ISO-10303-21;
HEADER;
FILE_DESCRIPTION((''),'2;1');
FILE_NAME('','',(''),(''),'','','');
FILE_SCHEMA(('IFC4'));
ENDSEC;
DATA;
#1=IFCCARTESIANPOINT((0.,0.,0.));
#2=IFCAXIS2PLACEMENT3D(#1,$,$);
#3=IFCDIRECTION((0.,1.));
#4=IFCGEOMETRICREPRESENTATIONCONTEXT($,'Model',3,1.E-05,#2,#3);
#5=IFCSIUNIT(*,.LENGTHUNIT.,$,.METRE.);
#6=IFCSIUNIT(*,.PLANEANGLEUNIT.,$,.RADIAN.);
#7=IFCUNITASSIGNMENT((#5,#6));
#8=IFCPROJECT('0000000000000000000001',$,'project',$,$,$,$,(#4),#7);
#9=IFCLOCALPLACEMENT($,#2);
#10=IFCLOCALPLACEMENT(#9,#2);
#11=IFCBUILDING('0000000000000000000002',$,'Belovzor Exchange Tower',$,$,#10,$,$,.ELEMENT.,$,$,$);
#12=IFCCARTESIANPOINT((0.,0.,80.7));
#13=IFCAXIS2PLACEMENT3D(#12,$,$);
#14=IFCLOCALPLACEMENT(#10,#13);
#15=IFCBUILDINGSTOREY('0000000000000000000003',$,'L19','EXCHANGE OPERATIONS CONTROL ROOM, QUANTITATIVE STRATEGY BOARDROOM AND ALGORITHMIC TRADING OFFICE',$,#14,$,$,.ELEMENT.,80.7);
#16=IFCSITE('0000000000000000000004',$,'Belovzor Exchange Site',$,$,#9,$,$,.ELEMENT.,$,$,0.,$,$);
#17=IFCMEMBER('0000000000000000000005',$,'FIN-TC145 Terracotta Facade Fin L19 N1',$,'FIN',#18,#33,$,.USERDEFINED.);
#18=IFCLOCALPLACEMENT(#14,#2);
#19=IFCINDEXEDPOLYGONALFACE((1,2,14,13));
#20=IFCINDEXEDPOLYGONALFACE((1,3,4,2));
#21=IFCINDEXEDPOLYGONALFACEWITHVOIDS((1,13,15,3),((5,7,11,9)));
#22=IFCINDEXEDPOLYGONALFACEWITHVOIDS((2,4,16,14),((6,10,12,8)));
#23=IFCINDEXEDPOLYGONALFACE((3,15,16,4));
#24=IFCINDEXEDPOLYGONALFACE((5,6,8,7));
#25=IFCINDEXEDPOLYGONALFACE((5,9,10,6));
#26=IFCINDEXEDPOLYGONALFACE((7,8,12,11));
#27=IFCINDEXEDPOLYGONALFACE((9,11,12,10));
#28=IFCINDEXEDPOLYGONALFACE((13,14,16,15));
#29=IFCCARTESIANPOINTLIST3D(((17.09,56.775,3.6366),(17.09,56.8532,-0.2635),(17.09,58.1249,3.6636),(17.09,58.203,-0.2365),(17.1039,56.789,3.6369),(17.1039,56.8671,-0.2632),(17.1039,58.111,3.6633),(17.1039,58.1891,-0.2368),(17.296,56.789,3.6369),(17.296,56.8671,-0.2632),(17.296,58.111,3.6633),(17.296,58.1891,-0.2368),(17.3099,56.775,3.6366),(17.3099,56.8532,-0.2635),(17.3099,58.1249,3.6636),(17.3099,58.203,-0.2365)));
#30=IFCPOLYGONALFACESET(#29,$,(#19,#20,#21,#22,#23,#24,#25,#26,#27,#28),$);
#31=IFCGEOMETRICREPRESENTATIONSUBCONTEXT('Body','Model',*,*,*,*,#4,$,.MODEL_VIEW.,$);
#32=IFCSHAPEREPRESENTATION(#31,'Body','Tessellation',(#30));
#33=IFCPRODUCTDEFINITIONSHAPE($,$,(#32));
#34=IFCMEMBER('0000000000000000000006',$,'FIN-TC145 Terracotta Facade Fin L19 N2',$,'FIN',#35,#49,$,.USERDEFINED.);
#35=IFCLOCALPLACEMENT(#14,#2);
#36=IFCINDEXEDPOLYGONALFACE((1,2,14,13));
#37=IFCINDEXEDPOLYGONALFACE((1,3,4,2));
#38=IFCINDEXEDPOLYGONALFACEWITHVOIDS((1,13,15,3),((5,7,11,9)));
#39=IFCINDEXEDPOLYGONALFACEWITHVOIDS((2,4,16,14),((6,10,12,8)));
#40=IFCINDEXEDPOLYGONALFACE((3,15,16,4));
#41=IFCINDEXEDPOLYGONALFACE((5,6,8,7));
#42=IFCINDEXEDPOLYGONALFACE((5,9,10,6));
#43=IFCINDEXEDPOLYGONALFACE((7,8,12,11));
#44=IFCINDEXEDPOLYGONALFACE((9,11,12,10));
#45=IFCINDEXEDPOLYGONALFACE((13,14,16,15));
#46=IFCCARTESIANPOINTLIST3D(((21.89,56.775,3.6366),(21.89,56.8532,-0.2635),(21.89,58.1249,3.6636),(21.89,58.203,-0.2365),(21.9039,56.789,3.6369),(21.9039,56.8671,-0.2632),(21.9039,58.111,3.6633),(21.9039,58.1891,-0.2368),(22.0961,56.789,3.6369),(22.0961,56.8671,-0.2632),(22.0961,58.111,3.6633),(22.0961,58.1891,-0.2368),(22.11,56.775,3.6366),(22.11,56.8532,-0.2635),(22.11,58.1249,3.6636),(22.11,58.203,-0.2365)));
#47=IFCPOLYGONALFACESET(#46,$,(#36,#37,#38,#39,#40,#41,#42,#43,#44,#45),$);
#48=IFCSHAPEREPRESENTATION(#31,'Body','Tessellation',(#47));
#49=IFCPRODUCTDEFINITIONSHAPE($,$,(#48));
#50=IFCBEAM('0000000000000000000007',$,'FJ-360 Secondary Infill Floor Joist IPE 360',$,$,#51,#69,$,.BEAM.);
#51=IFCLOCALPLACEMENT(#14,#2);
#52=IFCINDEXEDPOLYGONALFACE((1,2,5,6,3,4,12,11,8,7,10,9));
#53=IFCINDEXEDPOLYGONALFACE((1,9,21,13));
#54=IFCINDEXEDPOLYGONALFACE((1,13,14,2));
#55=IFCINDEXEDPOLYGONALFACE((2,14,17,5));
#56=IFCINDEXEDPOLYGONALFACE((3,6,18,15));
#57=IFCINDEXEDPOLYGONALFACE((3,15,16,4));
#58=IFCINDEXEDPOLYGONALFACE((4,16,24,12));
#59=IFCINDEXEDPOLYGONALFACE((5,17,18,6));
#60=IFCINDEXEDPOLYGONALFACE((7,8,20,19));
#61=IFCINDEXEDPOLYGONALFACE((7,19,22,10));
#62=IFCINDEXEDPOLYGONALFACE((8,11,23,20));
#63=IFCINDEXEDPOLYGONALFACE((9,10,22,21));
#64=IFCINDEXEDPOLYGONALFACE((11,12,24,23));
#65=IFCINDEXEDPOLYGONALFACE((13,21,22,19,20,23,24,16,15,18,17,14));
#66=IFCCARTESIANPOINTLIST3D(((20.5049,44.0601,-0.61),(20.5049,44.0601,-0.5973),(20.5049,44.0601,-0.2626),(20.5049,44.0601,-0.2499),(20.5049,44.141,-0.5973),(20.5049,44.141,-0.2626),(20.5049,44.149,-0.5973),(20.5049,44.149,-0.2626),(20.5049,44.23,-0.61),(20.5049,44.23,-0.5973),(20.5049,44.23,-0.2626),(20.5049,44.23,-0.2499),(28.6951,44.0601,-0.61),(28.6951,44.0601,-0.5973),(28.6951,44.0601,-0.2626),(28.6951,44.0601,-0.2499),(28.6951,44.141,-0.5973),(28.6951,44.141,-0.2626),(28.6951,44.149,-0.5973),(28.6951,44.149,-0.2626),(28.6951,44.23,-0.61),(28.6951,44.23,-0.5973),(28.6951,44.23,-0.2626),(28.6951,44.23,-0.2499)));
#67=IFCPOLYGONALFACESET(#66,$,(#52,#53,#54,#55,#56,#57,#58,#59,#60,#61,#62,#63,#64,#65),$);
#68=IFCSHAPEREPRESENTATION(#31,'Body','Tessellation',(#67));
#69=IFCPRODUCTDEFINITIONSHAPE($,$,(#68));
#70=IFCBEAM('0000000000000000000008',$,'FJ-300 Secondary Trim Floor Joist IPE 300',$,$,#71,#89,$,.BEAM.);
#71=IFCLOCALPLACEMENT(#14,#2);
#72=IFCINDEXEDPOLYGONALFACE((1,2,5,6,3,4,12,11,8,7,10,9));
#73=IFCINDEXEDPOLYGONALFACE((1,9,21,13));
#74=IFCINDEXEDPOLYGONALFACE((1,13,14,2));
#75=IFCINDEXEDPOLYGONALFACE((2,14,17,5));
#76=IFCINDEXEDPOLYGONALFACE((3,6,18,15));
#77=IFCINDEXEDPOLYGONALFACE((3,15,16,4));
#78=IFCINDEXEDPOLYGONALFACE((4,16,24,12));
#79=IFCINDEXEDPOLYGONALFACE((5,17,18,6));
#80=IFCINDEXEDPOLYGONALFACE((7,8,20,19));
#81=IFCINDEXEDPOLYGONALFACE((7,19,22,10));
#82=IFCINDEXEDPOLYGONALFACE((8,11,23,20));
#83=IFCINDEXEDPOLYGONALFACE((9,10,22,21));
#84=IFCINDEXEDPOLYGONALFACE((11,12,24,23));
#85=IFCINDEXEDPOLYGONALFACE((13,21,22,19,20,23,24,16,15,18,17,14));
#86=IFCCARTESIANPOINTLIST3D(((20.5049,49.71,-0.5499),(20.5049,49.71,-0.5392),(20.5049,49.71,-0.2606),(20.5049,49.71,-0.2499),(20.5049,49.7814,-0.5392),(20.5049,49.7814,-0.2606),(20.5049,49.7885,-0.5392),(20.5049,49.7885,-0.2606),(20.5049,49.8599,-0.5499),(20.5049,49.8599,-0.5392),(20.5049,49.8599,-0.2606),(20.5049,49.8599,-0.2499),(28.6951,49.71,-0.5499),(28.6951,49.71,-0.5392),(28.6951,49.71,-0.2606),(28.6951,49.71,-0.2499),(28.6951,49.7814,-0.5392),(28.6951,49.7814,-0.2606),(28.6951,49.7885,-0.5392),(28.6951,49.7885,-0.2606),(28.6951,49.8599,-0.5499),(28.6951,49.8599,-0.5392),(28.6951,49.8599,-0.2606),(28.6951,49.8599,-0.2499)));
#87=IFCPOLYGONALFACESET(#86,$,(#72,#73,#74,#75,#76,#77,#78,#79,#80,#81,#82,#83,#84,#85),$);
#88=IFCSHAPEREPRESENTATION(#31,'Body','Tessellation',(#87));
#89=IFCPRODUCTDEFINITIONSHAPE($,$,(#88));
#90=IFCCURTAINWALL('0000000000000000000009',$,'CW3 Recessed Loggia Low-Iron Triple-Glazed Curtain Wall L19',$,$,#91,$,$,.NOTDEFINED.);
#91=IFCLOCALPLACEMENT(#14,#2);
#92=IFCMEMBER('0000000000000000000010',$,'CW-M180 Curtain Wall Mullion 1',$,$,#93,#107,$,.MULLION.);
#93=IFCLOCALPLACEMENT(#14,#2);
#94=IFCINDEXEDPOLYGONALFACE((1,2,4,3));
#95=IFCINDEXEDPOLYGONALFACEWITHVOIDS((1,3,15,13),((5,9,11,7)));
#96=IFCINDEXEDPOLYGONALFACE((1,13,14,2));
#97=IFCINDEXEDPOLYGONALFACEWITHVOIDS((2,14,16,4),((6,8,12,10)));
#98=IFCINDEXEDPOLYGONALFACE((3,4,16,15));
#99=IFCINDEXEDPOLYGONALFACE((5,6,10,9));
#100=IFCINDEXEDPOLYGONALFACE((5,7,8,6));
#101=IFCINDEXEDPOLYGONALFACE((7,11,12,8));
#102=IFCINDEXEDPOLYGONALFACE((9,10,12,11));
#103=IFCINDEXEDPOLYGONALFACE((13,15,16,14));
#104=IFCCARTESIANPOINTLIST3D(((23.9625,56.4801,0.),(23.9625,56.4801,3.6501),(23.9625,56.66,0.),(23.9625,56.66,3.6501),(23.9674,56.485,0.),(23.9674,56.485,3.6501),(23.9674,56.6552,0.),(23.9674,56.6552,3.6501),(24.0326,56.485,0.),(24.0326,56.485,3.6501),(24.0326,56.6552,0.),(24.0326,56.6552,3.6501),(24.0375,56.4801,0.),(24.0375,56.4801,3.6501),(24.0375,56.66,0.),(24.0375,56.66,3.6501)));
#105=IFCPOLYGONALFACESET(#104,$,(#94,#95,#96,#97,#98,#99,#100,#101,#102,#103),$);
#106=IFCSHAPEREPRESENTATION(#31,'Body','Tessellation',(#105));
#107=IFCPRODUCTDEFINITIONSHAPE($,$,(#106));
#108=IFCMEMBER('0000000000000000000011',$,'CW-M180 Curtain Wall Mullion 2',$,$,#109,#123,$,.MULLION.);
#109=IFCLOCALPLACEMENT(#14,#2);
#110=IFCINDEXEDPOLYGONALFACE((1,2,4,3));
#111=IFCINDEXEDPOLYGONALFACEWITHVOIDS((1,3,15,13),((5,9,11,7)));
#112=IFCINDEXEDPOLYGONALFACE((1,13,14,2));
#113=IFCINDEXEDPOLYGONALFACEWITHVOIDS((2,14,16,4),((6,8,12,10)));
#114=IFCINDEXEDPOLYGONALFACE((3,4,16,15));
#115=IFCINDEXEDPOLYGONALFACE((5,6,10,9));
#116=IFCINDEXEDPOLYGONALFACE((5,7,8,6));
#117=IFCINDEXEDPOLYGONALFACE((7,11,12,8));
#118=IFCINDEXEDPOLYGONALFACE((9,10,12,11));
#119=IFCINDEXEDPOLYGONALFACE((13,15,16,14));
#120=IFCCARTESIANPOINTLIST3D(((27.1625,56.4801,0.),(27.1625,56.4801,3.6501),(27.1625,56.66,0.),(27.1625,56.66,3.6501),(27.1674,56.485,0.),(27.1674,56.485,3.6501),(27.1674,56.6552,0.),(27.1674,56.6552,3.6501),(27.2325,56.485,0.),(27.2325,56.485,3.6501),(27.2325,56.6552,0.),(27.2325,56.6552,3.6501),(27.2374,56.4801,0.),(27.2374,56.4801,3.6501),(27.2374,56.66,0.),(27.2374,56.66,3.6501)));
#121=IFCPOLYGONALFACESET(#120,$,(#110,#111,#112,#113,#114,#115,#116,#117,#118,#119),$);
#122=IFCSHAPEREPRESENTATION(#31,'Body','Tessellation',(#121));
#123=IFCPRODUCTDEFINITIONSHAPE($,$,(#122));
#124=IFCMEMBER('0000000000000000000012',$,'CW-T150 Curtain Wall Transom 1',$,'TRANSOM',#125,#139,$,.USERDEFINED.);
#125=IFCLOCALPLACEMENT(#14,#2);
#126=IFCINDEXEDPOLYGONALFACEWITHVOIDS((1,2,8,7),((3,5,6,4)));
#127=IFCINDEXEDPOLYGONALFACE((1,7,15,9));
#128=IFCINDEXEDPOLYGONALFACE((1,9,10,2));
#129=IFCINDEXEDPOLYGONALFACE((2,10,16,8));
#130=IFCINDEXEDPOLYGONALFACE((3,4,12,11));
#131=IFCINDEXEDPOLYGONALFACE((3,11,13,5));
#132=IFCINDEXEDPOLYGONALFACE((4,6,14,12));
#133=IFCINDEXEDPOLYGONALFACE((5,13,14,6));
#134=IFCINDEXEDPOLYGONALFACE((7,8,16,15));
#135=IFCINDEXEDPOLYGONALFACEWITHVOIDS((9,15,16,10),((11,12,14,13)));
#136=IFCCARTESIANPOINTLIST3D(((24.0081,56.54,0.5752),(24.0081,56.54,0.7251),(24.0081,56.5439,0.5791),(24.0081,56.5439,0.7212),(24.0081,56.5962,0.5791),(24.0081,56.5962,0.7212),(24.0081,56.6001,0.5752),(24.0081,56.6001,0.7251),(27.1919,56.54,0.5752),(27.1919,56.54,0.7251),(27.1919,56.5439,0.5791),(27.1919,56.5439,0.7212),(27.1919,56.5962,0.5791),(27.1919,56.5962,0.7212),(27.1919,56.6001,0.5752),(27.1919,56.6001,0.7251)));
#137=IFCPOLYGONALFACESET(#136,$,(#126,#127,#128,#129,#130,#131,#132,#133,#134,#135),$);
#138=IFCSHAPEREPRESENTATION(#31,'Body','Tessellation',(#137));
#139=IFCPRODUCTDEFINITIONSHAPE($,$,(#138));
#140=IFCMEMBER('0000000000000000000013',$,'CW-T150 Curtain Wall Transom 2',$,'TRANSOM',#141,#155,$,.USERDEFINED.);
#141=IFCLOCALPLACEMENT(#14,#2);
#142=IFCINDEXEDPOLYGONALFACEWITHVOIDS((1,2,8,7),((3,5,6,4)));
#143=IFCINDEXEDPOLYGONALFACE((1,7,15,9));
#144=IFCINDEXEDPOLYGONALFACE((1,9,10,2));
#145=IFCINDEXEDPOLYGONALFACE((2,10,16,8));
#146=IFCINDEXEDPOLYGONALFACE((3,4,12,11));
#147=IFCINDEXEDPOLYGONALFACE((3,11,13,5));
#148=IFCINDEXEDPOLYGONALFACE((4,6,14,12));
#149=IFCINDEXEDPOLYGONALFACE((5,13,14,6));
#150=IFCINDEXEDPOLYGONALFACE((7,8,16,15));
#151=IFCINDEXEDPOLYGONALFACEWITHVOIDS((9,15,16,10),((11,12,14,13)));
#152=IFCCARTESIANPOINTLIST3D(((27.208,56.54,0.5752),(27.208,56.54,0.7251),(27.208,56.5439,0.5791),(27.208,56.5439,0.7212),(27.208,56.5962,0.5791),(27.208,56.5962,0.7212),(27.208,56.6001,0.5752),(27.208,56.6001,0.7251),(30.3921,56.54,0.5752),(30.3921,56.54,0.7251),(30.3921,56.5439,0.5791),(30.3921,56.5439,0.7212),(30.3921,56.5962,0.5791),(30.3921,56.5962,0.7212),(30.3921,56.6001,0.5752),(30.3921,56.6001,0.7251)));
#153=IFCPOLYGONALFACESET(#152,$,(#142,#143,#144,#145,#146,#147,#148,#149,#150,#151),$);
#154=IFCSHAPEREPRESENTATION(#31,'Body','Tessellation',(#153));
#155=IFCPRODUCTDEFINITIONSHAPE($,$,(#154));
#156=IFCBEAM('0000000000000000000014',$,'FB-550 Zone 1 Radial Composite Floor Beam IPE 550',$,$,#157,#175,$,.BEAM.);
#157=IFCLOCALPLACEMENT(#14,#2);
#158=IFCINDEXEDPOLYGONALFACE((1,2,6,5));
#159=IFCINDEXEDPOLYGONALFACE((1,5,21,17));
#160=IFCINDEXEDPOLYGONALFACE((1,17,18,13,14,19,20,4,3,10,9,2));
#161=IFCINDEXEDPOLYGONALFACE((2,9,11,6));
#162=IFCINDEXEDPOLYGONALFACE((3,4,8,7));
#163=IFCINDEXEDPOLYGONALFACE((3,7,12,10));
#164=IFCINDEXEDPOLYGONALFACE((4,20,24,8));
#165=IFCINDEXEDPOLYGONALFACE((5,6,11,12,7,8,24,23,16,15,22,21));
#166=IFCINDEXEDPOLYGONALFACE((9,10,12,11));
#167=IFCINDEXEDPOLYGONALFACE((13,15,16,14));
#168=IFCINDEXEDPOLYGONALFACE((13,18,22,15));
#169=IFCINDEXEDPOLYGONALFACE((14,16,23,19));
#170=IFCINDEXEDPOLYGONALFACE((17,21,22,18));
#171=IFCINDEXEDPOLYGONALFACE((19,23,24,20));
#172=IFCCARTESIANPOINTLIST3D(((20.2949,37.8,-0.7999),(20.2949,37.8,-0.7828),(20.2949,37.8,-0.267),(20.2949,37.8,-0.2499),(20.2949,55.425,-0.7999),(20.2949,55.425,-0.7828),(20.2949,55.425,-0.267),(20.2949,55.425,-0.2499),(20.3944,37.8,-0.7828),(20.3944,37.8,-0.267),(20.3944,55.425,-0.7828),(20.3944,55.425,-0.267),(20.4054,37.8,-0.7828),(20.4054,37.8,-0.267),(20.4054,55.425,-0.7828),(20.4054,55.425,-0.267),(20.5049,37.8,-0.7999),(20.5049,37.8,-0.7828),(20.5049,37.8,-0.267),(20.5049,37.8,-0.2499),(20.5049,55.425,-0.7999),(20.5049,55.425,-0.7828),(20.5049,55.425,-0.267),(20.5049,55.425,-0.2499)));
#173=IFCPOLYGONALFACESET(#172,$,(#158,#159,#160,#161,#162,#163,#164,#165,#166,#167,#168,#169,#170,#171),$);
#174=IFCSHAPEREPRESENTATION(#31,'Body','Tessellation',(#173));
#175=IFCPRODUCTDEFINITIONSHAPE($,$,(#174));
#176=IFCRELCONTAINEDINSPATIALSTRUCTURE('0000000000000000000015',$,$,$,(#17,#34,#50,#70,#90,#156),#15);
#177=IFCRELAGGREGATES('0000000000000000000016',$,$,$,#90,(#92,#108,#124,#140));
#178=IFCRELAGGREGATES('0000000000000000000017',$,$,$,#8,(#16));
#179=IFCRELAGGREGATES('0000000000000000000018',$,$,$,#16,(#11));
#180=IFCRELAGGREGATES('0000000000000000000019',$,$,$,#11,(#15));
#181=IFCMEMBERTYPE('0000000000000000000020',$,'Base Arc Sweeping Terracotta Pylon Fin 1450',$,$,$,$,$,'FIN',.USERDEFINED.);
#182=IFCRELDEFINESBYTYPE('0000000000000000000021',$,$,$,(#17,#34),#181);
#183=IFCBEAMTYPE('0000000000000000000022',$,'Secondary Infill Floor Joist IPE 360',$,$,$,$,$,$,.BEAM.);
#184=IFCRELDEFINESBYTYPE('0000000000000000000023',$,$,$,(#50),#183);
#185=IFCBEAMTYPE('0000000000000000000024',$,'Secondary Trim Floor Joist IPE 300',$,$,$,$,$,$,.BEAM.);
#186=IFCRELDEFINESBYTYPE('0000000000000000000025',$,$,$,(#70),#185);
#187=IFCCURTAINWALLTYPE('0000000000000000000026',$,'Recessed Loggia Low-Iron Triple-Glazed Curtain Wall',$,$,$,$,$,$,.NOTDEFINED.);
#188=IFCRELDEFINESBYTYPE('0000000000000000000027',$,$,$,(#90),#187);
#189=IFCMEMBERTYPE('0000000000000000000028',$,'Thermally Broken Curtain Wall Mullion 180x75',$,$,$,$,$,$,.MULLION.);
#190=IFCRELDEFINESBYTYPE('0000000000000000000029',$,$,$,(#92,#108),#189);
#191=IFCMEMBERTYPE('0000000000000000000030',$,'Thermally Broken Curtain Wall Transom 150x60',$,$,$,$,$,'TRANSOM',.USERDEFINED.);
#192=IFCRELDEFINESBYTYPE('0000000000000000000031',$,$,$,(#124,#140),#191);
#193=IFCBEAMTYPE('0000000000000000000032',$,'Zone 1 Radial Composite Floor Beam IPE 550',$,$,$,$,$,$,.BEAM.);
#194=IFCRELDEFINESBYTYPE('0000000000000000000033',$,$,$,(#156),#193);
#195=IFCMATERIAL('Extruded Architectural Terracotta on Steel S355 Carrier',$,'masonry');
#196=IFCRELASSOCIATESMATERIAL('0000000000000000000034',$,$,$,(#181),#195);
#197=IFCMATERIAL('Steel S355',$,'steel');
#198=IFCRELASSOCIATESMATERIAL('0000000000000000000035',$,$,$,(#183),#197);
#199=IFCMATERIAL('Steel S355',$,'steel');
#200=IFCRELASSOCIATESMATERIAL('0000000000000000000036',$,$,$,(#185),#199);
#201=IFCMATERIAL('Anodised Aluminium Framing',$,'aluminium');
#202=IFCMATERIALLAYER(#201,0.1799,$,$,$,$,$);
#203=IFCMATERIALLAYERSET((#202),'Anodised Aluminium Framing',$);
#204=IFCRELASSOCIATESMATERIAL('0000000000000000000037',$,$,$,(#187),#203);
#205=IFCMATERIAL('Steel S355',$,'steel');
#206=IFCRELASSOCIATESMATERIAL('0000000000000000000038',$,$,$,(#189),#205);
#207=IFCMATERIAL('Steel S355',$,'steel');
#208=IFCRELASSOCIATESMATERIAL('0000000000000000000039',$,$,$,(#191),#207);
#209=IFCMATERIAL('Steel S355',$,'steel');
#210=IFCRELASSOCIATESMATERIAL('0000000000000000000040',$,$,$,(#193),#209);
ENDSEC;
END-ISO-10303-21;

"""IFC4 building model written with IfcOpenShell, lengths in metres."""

from ifc_helpers import new_model, si_unit, direction, frame, origin, origin_2d, place, context, subcontext, project, spatial, hollow_rectangle, i_section, extrude, material, layer, layer_set, material_profile, profile_set, type_object, element, aggregate, save


model = new_model("IFC4")

# Units and contexts
model_context = context("Model", 3, precision=1e-05, world=origin(), true_north=direction((0.0, 1.0)))
body_context = subcontext(model_context, "Body", "Model", "MODEL_VIEW")
ifc_project = project(units=[si_unit("LENGTHUNIT", "METRE"), si_unit("PLANEANGLEUNIT", "RADIAN")], contexts=[model_context])

# Site, building, storey
site_placement = place(None, origin())
site = spatial("IfcSite", under=ifc_project, at=site_placement, Name="Belovzor Exchange Site", CompositionType="ELEMENT", RefElevation=0.0)
building_placement = place(site_placement, origin())
building = spatial("IfcBuilding", under=site, at=building_placement, Name="Belovzor Exchange Tower", CompositionType="ELEMENT")
storey_placement = place(building_placement, frame((0.0, 0.0, 80.7)))
storey = spatial("IfcBuildingStorey", under=building, at=storey_placement, Name="L19", Description="EXCHANGE OPERATIONS CONTROL ROOM, QUANTITATIVE STRATEGY BOARDROOM AND ALGORITHMIC TRADING OFFICE", CompositionType="ELEMENT", Elevation=80.7)

# Members
ifc_material_1 = material(Name="Extruded Architectural Terracotta on Steel S355 Carrier", Category="masonry")
ifc_material_profile_1 = material_profile(ifc_material_1, hollow_rectangle(XDim=0.22, YDim=1.3501, WallThickness=0.0139, at=origin_2d()))
ifc_profile_set_1 = profile_set([ifc_material_profile_1], Name="Extruded Architectural Terracotta on Steel S355 Carrier")
member_type_1 = type_object("IfcMemberType", Name="Base Arc Sweeping Terracotta Pylon Fin 1450", ElementType="FIN", PredefinedType="USERDEFINED", material=ifc_profile_set_1)
for number, where, z_axis, x_axis, name in (
    (1, (17.2, 57.5281, -0.25), (0.0, -0.020027, 0.999799), (1.0, 0.0, 0.0), "FIN-TC145 Terracotta Facade Fin L19 N1"),
    (2, (22.0, 57.5281, -0.25), (0.0, -0.020027, 0.999799), (1.0, 0.0, 0.0), "FIN-TC145 Terracotta Facade Fin L19 N2"),
):
    element("IfcMember", number, at=place(storey_placement, frame(where, z_axis=z_axis, x_axis=x_axis)), inside=storey, type_object=member_type_1, Name=name, ObjectType="FIN", PredefinedType="USERDEFINED", context=body_context, shape_type="SweptSolid", body=[
        extrude(hollow_rectangle(XDim=0.22, YDim=1.3501, WallThickness=0.0139, at=origin_2d()), origin(), (0.0, 0.0, 1.0), 3.9009),
    ])

# Beams
ifc_material_2 = material(Name="Steel S355", Category="steel")
ifc_material_profile_2 = material_profile(ifc_material_2, i_section(OverallWidth=0.1699, OverallDepth=0.3601, WebThickness=0.0081, FlangeThickness=0.0127, at=origin_2d()))
ifc_profile_set_2 = profile_set([ifc_material_profile_2], Name="Steel S355")
beam_type_1 = type_object("IfcBeamType", Name="Secondary Infill Floor Joist IPE 360", PredefinedType="BEAM", material=ifc_profile_set_2)
beam_1_placement = place(storey_placement, frame((20.5049, 44.145, -0.4299), z_axis=(1.0, 0.0, 0.0), x_axis=(0.0, 1.0, 0.0)))
element("IfcBeam", 3, at=beam_1_placement, inside=storey, type_object=beam_type_1, Name="FJ-360 Secondary Infill Floor Joist IPE 360", PredefinedType="BEAM", context=body_context, shape_type="SweptSolid", body=[
    extrude(i_section(OverallWidth=0.1699, OverallDepth=0.3601, WebThickness=0.0081, FlangeThickness=0.0127, at=origin_2d()), origin(), (0.0, 0.0, 1.0), 8.1902),
])
ifc_material_3 = material(Name="Steel S355", Category="steel")
ifc_material_profile_3 = material_profile(ifc_material_3, i_section(OverallWidth=0.1499, OverallDepth=0.3, WebThickness=0.0071, FlangeThickness=0.0107, at=origin_2d()))
ifc_profile_set_3 = profile_set([ifc_material_profile_3], Name="Steel S355")
beam_type_2 = type_object("IfcBeamType", Name="Secondary Trim Floor Joist IPE 300", PredefinedType="BEAM", material=ifc_profile_set_3)
beam_2_placement = place(storey_placement, frame((20.5049, 49.7849, -0.3999), z_axis=(1.0, 0.0, 0.0), x_axis=(0.0, 1.0, 0.0)))
element("IfcBeam", 4, at=beam_2_placement, inside=storey, type_object=beam_type_2, Name="FJ-300 Secondary Trim Floor Joist IPE 300", PredefinedType="BEAM", context=body_context, shape_type="SweptSolid", body=[
    extrude(i_section(OverallWidth=0.1499, OverallDepth=0.3, WebThickness=0.0071, FlangeThickness=0.0107, at=origin_2d()), origin(), (0.0, 0.0, 1.0), 8.1902),
])

# Curtain wall, members
ifc_material_4 = material(Name="Anodised Aluminium Framing", Category="aluminium")
ifc_layer_1 = layer(ifc_material_4, 0.1799)
ifc_layer_set_1 = layer_set([ifc_layer_1], Name="Anodised Aluminium Framing")
curtain_wall_type = type_object("IfcCurtainWallType", Name="Recessed Loggia Low-Iron Triple-Glazed Curtain Wall", PredefinedType="NOTDEFINED", material=ifc_layer_set_1)
curtain_wall_placement = place(storey_placement, origin())
curtain_wall = element("IfcCurtainWall", 5, at=curtain_wall_placement, inside=storey, type_object=curtain_wall_type, Name="CW3 Recessed Loggia Low-Iron Triple-Glazed Curtain Wall L19", PredefinedType="NOTDEFINED")
ifc_material_5 = material(Name="Steel S355", Category="steel")
ifc_material_profile_4 = material_profile(ifc_material_5, hollow_rectangle(XDim=0.075, YDim=0.1799, WallThickness=0.0049, at=origin_2d()))
ifc_profile_set_4 = profile_set([ifc_material_profile_4], Name="Steel S355")
member_type_2 = type_object("IfcMemberType", Name="Thermally Broken Curtain Wall Mullion 180x75", PredefinedType="MULLION", material=ifc_profile_set_4)
member_1_placement = place(storey_placement, frame((24.0, 56.5701, 0.0), z_axis=(0.0, 0.0, 1.0), x_axis=(1.0, 0.0, 0.0)))
member_1 = element("IfcMember", 6, at=member_1_placement, type_object=member_type_2, Name="CW-M180 Curtain Wall Mullion 1", PredefinedType="MULLION", context=body_context, shape_type="SweptSolid", body=[
    extrude(hollow_rectangle(XDim=0.075, YDim=0.1799, WallThickness=0.0049, at=origin_2d()), origin(), (0.0, 0.0, 1.0), 3.6501),
])
member_2_placement = place(storey_placement, frame((27.2, 56.5701, 0.0), z_axis=(0.0, 0.0, 1.0), x_axis=(1.0, 0.0, 0.0)))
member_2 = element("IfcMember", 7, at=member_2_placement, type_object=member_type_2, Name="CW-M180 Curtain Wall Mullion 2", PredefinedType="MULLION", context=body_context, shape_type="SweptSolid", body=[
    extrude(hollow_rectangle(XDim=0.075, YDim=0.1799, WallThickness=0.0049, at=origin_2d()), origin(), (0.0, 0.0, 1.0), 3.6501),
])
ifc_material_6 = material(Name="Steel S355", Category="steel")
ifc_material_profile_5 = material_profile(ifc_material_6, hollow_rectangle(XDim=0.0601, YDim=0.1499, WallThickness=0.0039, at=origin_2d()))
ifc_profile_set_5 = profile_set([ifc_material_profile_5], Name="Steel S355")
member_type_3 = type_object("IfcMemberType", Name="Thermally Broken Curtain Wall Transom 150x60", ElementType="TRANSOM", PredefinedType="USERDEFINED", material=ifc_profile_set_5)
member_3_placement = place(storey_placement, frame((24.0081, 56.5701, 0.6501), z_axis=(1.0, 0.0, 0.0), x_axis=(0.0, 1.0, 0.0)))
member_3 = element("IfcMember", 8, at=member_3_placement, type_object=member_type_3, Name="CW-T150 Curtain Wall Transom 1", ObjectType="TRANSOM", PredefinedType="USERDEFINED", context=body_context, shape_type="SweptSolid", body=[
    extrude(hollow_rectangle(XDim=0.0601, YDim=0.1499, WallThickness=0.0039, at=origin_2d()), origin(), (0.0, 0.0, 1.0), 3.1838),
])
member_4_placement = place(storey_placement, frame((27.208, 56.5701, 0.6501), z_axis=(1.0, 0.0, 0.0), x_axis=(0.0, 1.0, 0.0)))
member_4 = element("IfcMember", 9, at=member_4_placement, type_object=member_type_3, Name="CW-T150 Curtain Wall Transom 2", ObjectType="TRANSOM", PredefinedType="USERDEFINED", context=body_context, shape_type="SweptSolid", body=[
    extrude(hollow_rectangle(XDim=0.0601, YDim=0.1499, WallThickness=0.0039, at=origin_2d()), origin(), (0.0, 0.0, 1.0), 3.1841),
])

# Beam
ifc_material_7 = material(Name="Steel S355", Category="steel")
ifc_material_profile_6 = material_profile(ifc_material_7, i_section(OverallWidth=0.21, OverallDepth=0.55, WebThickness=0.011, FlangeThickness=0.0171, at=origin_2d()))
ifc_profile_set_6 = profile_set([ifc_material_profile_6], Name="Steel S355")
beam_type_3 = type_object("IfcBeamType", Name="Zone 1 Radial Composite Floor Beam IPE 550", PredefinedType="BEAM", material=ifc_profile_set_6)
for number, where, z_axis, x_axis, name in (
    (10, (20.3999, 37.8, -0.5249), (0.0, 1.0, 0.0), (-1.0, 0.0, 0.0), "FB-550 Zone 1 Radial Composite Floor Beam IPE 550"),
):
    element("IfcBeam", number, at=place(storey_placement, frame(where, z_axis=z_axis, x_axis=x_axis)), inside=storey, type_object=beam_type_3, Name=name, PredefinedType="BEAM", context=body_context, shape_type="SweptSolid", body=[
        extrude(i_section(OverallWidth=0.21, OverallDepth=0.55, WebThickness=0.011, FlangeThickness=0.0171, at=origin_2d()), origin(), (0.0, 0.0, 1.0), 17.625),
    ])

aggregate(curtain_wall, [member_1, member_2, member_3, member_4])

save(model, "model.ifc")
